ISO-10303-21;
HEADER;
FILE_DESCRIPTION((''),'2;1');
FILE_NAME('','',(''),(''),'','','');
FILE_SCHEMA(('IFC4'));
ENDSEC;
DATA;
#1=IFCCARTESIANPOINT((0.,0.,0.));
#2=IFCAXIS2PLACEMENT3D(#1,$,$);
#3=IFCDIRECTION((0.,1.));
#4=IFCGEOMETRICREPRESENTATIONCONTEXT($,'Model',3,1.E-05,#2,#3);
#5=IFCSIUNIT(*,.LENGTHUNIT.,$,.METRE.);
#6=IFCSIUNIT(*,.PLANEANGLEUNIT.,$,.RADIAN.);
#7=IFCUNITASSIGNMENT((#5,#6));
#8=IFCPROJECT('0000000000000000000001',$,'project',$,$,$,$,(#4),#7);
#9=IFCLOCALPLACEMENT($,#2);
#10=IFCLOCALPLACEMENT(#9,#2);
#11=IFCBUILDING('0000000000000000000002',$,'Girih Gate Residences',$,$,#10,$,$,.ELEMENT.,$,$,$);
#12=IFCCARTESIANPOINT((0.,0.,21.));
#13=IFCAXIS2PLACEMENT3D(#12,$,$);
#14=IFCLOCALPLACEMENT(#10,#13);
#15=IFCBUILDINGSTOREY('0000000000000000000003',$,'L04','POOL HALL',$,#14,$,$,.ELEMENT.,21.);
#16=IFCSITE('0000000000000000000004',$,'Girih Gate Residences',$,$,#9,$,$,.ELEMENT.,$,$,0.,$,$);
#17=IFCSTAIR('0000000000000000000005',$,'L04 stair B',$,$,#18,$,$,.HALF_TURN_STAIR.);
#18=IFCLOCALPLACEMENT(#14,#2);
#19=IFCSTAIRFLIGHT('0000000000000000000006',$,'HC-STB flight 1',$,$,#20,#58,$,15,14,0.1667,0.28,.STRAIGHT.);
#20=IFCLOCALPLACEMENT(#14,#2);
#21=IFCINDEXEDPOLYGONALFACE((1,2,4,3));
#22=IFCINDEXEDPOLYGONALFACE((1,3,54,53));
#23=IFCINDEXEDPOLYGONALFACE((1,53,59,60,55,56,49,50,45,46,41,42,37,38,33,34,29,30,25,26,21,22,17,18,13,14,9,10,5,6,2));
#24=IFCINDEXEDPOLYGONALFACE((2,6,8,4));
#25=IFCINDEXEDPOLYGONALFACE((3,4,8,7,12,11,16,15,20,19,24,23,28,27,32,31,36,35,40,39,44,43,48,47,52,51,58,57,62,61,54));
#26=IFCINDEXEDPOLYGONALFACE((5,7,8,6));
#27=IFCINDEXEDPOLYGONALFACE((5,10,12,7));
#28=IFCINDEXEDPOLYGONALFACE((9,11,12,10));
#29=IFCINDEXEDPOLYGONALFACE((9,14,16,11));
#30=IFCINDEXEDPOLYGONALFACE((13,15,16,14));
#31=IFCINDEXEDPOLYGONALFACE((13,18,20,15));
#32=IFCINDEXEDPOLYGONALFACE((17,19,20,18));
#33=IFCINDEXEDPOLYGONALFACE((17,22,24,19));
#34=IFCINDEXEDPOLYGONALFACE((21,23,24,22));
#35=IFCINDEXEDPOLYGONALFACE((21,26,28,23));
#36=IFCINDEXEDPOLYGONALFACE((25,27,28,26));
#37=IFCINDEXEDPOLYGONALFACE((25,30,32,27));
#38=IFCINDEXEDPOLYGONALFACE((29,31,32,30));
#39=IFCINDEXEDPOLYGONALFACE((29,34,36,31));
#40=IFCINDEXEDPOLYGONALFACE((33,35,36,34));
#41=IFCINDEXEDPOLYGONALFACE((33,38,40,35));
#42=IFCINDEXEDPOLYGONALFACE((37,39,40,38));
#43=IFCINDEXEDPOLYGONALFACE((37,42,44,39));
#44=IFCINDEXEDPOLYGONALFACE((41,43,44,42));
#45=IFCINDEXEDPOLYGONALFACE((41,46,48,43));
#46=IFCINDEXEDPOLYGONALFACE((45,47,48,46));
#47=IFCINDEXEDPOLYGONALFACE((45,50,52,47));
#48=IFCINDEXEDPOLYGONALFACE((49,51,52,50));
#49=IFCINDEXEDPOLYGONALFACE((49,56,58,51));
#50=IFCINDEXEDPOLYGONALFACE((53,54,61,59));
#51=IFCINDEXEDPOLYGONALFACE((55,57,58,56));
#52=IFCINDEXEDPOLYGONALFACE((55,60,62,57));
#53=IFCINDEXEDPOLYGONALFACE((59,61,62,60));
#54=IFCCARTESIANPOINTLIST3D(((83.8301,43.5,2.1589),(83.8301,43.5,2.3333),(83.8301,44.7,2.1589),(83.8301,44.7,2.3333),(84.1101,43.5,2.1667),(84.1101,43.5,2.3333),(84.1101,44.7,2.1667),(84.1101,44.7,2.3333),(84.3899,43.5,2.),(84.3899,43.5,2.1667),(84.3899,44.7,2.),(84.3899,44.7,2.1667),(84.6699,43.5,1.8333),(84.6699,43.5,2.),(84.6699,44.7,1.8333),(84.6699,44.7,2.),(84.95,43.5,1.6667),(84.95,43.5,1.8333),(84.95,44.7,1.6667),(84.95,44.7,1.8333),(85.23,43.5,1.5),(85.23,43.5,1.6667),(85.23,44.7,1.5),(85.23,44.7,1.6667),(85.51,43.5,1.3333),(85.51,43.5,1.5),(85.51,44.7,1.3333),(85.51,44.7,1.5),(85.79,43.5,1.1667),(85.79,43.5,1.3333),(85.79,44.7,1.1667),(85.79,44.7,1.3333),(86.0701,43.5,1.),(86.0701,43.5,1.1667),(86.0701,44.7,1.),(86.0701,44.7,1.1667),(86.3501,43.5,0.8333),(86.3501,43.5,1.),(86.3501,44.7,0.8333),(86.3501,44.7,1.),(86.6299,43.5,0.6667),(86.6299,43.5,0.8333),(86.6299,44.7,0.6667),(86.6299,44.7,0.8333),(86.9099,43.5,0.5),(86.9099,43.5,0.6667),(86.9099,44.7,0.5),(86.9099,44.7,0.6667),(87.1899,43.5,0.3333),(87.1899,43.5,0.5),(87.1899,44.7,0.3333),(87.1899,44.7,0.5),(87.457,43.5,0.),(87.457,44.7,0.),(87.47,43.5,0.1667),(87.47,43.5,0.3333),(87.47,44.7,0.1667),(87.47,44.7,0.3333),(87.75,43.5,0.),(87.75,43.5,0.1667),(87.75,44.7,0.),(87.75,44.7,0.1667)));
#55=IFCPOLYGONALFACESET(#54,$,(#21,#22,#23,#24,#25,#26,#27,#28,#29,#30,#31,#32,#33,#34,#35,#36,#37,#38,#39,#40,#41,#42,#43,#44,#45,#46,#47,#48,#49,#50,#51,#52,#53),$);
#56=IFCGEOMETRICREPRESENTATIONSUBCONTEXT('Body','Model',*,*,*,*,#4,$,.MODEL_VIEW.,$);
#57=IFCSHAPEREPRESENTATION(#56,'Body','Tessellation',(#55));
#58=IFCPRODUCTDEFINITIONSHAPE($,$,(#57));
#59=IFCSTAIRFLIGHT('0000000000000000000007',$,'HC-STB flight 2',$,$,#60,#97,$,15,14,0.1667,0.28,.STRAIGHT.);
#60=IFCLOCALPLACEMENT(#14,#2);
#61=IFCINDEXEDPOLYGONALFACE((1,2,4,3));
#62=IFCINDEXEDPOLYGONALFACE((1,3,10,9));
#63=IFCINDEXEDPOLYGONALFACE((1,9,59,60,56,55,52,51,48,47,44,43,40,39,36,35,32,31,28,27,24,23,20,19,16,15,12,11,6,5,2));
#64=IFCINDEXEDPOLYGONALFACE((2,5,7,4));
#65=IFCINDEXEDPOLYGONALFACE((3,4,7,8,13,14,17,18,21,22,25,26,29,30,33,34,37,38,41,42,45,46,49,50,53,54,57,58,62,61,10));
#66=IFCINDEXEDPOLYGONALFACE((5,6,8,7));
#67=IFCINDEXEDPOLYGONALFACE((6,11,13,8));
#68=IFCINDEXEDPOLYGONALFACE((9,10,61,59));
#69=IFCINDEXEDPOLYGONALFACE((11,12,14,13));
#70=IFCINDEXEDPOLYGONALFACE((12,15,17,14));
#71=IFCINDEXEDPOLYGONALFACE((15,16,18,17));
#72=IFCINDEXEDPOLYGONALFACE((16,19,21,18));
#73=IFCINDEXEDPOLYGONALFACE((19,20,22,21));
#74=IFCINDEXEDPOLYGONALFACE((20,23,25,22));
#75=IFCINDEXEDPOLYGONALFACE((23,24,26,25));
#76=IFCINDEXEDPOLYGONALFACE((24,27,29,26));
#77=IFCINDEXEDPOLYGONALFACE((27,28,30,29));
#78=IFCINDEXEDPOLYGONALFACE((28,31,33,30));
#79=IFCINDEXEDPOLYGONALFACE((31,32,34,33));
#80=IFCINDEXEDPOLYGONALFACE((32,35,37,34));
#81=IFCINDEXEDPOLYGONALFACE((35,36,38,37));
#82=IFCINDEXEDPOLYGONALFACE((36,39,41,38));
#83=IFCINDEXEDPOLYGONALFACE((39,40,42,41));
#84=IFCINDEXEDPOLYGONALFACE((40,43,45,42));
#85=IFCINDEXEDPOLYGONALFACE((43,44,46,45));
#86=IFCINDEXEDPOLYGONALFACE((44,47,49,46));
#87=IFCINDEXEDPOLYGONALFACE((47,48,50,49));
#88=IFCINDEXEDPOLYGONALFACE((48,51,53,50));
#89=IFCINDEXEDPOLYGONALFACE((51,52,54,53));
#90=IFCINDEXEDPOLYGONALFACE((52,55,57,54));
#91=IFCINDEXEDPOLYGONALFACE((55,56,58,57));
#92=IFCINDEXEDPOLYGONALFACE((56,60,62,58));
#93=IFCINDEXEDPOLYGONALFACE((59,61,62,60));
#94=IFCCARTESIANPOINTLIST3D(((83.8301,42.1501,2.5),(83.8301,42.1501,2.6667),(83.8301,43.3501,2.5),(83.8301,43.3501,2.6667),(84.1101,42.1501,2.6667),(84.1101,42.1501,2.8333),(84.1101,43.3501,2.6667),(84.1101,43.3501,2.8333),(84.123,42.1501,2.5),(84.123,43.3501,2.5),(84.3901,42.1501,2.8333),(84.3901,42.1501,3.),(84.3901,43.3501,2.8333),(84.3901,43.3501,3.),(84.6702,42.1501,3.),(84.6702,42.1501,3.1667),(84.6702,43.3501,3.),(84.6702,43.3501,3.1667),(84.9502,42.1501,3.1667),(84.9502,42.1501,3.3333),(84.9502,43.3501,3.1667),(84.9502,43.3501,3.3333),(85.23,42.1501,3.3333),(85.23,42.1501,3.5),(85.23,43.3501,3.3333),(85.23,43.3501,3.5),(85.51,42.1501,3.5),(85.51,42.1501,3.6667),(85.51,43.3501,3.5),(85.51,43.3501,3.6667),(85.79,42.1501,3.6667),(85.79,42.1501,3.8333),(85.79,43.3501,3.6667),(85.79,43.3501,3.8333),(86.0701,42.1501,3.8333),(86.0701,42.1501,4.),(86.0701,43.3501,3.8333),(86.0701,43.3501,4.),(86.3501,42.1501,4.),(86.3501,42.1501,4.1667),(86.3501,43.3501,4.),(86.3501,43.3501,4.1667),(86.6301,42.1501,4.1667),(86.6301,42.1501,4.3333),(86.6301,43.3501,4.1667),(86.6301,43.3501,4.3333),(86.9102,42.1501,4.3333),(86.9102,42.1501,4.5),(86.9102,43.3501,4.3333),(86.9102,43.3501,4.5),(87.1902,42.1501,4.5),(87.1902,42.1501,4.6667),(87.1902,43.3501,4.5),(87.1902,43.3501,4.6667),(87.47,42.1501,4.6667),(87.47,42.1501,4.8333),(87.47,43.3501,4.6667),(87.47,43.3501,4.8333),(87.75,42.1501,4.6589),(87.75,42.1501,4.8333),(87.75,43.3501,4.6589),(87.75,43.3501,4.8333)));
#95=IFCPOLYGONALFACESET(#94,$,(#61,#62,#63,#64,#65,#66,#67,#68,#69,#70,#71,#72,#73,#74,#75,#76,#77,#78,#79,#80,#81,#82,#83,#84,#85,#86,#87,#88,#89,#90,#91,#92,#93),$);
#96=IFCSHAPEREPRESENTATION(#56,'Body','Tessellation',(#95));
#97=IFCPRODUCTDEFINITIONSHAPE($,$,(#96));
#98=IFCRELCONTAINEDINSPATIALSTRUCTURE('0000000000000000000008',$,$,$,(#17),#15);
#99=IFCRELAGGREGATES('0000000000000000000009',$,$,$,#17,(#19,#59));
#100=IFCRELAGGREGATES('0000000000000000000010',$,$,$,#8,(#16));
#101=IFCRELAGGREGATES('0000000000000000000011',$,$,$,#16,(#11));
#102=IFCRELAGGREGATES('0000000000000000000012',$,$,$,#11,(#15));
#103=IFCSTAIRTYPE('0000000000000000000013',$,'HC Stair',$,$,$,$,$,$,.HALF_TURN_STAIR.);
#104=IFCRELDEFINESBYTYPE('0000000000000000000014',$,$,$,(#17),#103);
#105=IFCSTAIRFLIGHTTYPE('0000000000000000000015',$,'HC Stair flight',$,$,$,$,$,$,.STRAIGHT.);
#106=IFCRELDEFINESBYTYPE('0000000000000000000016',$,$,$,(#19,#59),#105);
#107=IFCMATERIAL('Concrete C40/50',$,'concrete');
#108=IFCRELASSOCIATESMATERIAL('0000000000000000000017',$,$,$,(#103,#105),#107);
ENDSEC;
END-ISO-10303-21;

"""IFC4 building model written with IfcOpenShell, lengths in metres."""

from ifc_helpers import new_model, si_unit, direction, frame, origin, place, context, subcontext, project, spatial, polyline, outline, extrude, material, type_object, element, aggregate, save


model = new_model("IFC4")

# Units and contexts
model_context = context("Model", 3, precision=1e-05, world=origin(), true_north=direction((0.0, 1.0)))
body_context = subcontext(model_context, "Body", "Model", "MODEL_VIEW")
ifc_project = project(units=[si_unit("LENGTHUNIT", "METRE"), si_unit("PLANEANGLEUNIT", "RADIAN")], contexts=[model_context])

# Site, building, storey
site_placement = place(None, origin())
site = spatial("IfcSite", under=ifc_project, at=site_placement, Name="Girih Gate Residences", CompositionType="ELEMENT", RefElevation=0.0)
building_placement = place(site_placement, origin())
building = spatial("IfcBuilding", under=site, at=building_placement, Name="Girih Gate Residences", CompositionType="ELEMENT")
storey_placement = place(building_placement, frame((0.0, 0.0, 21.0)))
storey = spatial("IfcBuildingStorey", under=building, at=storey_placement, Name="L04", Description="POOL HALL", CompositionType="ELEMENT", Elevation=21.0)

# Shared definitions
ifc_material_1 = material(Name="Concrete C40/50", Category="concrete")

# Stair, stair flights
stair_type = type_object("IfcStairType", Name="HC Stair", PredefinedType="HALF_TURN_STAIR", material=ifc_material_1)
stair_placement = place(storey_placement, origin())
stair = element("IfcStair", 1, at=stair_placement, inside=storey, type_object=stair_type, Name="L04 stair B", PredefinedType="HALF_TURN_STAIR")
stair_flight_type = type_object("IfcStairFlightType", Name="HC Stair flight", PredefinedType="STRAIGHT", material=ifc_material_1)
stair_flight_1_placement = place(storey_placement, frame((87.75, 44.1001, 0.0), z_axis=(0.0, 0.0, 1.0), x_axis=(-1.0, 0.0, 0.0)))
stair_flight_1 = element("IfcStairFlight", 2, at=stair_flight_1_placement, type_object=stair_flight_type, Name="HC-STB flight 1", NumberOfRisers=15, NumberOfTreads=14, PredefinedType="STRAIGHT", RiserHeight=0.1667, TreadLength=0.28, context=body_context, shape_type="SweptSolid", body=[
    extrude(outline(polyline([(0.0, 0.0), (0.0, 0.1667), (0.28, 0.1667), (0.28, 0.3333), (0.5601, 0.3333), (0.5601, 0.5), (0.8401, 0.5), (0.8401, 0.6667), (1.1201, 0.6667), (1.1201, 0.8333), (1.3999, 0.8333), (1.3999, 1.0), (1.6799, 1.0), (1.6799, 1.1667), (1.96, 1.1667), (1.96, 1.3333), (2.24, 1.3333), (2.24, 1.5), (2.52, 1.5), (2.52, 1.6667), (2.8, 1.6667), (2.8, 1.8333), (3.0801, 1.8333), (3.0801, 2.0), (3.3601, 2.0), (3.3601, 2.1667), (3.6399, 2.1667), (3.6399, 2.3333), (3.9199, 2.3333), (3.9199, 2.5), (3.9199, 2.1589), (0.293, 0.0), (0.0, 0.0)])), frame((0.0, 0.6001, 0.0), z_axis=(0.0, -1.0, 0.0), x_axis=(1.0, 0.0, 0.0)), (0.0, 0.0, 1.0), 1.2),
])
stair_flight_2_placement = place(storey_placement, frame((83.8301, 42.75, 2.5), z_axis=(0.0, 0.0, 1.0), x_axis=(1.0, 0.0, 0.0)))
stair_flight_2 = element("IfcStairFlight", 3, at=stair_flight_2_placement, type_object=stair_flight_type, Name="HC-STB flight 2", NumberOfRisers=15, NumberOfTreads=14, PredefinedType="STRAIGHT", RiserHeight=0.1667, TreadLength=0.28, context=body_context, shape_type="SweptSolid", body=[
    extrude(outline(polyline([(0.0, 0.0), (0.0, 0.1667), (0.28, 0.1667), (0.28, 0.3333), (0.5601, 0.3333), (0.5601, 0.5), (0.8401, 0.5), (0.8401, 0.6667), (1.1201, 0.6667), (1.1201, 0.8333), (1.3999, 0.8333), (1.3999, 1.0), (1.6799, 1.0), (1.6799, 1.1667), (1.96, 1.1667), (1.96, 1.3333), (2.24, 1.3333), (2.24, 1.5), (2.52, 1.5), (2.52, 1.6667), (2.8, 1.6667), (2.8, 1.8333), (3.0801, 1.8333), (3.0801, 2.0), (3.3601, 2.0), (3.3601, 2.1667), (3.6399, 2.1667), (3.6399, 2.3333), (3.9199, 2.3333), (3.9199, 2.5), (3.9199, 2.1589), (0.293, 0.0), (0.0, 0.0)])), frame((0.0, 0.6001, 0.0), z_axis=(0.0, -1.0, 0.0), x_axis=(1.0, 0.0, 0.0)), (0.0, 0.0, 1.0), 1.2),
])
aggregate(stair, [stair_flight_1, stair_flight_2])

save(model, "model.ifc")
